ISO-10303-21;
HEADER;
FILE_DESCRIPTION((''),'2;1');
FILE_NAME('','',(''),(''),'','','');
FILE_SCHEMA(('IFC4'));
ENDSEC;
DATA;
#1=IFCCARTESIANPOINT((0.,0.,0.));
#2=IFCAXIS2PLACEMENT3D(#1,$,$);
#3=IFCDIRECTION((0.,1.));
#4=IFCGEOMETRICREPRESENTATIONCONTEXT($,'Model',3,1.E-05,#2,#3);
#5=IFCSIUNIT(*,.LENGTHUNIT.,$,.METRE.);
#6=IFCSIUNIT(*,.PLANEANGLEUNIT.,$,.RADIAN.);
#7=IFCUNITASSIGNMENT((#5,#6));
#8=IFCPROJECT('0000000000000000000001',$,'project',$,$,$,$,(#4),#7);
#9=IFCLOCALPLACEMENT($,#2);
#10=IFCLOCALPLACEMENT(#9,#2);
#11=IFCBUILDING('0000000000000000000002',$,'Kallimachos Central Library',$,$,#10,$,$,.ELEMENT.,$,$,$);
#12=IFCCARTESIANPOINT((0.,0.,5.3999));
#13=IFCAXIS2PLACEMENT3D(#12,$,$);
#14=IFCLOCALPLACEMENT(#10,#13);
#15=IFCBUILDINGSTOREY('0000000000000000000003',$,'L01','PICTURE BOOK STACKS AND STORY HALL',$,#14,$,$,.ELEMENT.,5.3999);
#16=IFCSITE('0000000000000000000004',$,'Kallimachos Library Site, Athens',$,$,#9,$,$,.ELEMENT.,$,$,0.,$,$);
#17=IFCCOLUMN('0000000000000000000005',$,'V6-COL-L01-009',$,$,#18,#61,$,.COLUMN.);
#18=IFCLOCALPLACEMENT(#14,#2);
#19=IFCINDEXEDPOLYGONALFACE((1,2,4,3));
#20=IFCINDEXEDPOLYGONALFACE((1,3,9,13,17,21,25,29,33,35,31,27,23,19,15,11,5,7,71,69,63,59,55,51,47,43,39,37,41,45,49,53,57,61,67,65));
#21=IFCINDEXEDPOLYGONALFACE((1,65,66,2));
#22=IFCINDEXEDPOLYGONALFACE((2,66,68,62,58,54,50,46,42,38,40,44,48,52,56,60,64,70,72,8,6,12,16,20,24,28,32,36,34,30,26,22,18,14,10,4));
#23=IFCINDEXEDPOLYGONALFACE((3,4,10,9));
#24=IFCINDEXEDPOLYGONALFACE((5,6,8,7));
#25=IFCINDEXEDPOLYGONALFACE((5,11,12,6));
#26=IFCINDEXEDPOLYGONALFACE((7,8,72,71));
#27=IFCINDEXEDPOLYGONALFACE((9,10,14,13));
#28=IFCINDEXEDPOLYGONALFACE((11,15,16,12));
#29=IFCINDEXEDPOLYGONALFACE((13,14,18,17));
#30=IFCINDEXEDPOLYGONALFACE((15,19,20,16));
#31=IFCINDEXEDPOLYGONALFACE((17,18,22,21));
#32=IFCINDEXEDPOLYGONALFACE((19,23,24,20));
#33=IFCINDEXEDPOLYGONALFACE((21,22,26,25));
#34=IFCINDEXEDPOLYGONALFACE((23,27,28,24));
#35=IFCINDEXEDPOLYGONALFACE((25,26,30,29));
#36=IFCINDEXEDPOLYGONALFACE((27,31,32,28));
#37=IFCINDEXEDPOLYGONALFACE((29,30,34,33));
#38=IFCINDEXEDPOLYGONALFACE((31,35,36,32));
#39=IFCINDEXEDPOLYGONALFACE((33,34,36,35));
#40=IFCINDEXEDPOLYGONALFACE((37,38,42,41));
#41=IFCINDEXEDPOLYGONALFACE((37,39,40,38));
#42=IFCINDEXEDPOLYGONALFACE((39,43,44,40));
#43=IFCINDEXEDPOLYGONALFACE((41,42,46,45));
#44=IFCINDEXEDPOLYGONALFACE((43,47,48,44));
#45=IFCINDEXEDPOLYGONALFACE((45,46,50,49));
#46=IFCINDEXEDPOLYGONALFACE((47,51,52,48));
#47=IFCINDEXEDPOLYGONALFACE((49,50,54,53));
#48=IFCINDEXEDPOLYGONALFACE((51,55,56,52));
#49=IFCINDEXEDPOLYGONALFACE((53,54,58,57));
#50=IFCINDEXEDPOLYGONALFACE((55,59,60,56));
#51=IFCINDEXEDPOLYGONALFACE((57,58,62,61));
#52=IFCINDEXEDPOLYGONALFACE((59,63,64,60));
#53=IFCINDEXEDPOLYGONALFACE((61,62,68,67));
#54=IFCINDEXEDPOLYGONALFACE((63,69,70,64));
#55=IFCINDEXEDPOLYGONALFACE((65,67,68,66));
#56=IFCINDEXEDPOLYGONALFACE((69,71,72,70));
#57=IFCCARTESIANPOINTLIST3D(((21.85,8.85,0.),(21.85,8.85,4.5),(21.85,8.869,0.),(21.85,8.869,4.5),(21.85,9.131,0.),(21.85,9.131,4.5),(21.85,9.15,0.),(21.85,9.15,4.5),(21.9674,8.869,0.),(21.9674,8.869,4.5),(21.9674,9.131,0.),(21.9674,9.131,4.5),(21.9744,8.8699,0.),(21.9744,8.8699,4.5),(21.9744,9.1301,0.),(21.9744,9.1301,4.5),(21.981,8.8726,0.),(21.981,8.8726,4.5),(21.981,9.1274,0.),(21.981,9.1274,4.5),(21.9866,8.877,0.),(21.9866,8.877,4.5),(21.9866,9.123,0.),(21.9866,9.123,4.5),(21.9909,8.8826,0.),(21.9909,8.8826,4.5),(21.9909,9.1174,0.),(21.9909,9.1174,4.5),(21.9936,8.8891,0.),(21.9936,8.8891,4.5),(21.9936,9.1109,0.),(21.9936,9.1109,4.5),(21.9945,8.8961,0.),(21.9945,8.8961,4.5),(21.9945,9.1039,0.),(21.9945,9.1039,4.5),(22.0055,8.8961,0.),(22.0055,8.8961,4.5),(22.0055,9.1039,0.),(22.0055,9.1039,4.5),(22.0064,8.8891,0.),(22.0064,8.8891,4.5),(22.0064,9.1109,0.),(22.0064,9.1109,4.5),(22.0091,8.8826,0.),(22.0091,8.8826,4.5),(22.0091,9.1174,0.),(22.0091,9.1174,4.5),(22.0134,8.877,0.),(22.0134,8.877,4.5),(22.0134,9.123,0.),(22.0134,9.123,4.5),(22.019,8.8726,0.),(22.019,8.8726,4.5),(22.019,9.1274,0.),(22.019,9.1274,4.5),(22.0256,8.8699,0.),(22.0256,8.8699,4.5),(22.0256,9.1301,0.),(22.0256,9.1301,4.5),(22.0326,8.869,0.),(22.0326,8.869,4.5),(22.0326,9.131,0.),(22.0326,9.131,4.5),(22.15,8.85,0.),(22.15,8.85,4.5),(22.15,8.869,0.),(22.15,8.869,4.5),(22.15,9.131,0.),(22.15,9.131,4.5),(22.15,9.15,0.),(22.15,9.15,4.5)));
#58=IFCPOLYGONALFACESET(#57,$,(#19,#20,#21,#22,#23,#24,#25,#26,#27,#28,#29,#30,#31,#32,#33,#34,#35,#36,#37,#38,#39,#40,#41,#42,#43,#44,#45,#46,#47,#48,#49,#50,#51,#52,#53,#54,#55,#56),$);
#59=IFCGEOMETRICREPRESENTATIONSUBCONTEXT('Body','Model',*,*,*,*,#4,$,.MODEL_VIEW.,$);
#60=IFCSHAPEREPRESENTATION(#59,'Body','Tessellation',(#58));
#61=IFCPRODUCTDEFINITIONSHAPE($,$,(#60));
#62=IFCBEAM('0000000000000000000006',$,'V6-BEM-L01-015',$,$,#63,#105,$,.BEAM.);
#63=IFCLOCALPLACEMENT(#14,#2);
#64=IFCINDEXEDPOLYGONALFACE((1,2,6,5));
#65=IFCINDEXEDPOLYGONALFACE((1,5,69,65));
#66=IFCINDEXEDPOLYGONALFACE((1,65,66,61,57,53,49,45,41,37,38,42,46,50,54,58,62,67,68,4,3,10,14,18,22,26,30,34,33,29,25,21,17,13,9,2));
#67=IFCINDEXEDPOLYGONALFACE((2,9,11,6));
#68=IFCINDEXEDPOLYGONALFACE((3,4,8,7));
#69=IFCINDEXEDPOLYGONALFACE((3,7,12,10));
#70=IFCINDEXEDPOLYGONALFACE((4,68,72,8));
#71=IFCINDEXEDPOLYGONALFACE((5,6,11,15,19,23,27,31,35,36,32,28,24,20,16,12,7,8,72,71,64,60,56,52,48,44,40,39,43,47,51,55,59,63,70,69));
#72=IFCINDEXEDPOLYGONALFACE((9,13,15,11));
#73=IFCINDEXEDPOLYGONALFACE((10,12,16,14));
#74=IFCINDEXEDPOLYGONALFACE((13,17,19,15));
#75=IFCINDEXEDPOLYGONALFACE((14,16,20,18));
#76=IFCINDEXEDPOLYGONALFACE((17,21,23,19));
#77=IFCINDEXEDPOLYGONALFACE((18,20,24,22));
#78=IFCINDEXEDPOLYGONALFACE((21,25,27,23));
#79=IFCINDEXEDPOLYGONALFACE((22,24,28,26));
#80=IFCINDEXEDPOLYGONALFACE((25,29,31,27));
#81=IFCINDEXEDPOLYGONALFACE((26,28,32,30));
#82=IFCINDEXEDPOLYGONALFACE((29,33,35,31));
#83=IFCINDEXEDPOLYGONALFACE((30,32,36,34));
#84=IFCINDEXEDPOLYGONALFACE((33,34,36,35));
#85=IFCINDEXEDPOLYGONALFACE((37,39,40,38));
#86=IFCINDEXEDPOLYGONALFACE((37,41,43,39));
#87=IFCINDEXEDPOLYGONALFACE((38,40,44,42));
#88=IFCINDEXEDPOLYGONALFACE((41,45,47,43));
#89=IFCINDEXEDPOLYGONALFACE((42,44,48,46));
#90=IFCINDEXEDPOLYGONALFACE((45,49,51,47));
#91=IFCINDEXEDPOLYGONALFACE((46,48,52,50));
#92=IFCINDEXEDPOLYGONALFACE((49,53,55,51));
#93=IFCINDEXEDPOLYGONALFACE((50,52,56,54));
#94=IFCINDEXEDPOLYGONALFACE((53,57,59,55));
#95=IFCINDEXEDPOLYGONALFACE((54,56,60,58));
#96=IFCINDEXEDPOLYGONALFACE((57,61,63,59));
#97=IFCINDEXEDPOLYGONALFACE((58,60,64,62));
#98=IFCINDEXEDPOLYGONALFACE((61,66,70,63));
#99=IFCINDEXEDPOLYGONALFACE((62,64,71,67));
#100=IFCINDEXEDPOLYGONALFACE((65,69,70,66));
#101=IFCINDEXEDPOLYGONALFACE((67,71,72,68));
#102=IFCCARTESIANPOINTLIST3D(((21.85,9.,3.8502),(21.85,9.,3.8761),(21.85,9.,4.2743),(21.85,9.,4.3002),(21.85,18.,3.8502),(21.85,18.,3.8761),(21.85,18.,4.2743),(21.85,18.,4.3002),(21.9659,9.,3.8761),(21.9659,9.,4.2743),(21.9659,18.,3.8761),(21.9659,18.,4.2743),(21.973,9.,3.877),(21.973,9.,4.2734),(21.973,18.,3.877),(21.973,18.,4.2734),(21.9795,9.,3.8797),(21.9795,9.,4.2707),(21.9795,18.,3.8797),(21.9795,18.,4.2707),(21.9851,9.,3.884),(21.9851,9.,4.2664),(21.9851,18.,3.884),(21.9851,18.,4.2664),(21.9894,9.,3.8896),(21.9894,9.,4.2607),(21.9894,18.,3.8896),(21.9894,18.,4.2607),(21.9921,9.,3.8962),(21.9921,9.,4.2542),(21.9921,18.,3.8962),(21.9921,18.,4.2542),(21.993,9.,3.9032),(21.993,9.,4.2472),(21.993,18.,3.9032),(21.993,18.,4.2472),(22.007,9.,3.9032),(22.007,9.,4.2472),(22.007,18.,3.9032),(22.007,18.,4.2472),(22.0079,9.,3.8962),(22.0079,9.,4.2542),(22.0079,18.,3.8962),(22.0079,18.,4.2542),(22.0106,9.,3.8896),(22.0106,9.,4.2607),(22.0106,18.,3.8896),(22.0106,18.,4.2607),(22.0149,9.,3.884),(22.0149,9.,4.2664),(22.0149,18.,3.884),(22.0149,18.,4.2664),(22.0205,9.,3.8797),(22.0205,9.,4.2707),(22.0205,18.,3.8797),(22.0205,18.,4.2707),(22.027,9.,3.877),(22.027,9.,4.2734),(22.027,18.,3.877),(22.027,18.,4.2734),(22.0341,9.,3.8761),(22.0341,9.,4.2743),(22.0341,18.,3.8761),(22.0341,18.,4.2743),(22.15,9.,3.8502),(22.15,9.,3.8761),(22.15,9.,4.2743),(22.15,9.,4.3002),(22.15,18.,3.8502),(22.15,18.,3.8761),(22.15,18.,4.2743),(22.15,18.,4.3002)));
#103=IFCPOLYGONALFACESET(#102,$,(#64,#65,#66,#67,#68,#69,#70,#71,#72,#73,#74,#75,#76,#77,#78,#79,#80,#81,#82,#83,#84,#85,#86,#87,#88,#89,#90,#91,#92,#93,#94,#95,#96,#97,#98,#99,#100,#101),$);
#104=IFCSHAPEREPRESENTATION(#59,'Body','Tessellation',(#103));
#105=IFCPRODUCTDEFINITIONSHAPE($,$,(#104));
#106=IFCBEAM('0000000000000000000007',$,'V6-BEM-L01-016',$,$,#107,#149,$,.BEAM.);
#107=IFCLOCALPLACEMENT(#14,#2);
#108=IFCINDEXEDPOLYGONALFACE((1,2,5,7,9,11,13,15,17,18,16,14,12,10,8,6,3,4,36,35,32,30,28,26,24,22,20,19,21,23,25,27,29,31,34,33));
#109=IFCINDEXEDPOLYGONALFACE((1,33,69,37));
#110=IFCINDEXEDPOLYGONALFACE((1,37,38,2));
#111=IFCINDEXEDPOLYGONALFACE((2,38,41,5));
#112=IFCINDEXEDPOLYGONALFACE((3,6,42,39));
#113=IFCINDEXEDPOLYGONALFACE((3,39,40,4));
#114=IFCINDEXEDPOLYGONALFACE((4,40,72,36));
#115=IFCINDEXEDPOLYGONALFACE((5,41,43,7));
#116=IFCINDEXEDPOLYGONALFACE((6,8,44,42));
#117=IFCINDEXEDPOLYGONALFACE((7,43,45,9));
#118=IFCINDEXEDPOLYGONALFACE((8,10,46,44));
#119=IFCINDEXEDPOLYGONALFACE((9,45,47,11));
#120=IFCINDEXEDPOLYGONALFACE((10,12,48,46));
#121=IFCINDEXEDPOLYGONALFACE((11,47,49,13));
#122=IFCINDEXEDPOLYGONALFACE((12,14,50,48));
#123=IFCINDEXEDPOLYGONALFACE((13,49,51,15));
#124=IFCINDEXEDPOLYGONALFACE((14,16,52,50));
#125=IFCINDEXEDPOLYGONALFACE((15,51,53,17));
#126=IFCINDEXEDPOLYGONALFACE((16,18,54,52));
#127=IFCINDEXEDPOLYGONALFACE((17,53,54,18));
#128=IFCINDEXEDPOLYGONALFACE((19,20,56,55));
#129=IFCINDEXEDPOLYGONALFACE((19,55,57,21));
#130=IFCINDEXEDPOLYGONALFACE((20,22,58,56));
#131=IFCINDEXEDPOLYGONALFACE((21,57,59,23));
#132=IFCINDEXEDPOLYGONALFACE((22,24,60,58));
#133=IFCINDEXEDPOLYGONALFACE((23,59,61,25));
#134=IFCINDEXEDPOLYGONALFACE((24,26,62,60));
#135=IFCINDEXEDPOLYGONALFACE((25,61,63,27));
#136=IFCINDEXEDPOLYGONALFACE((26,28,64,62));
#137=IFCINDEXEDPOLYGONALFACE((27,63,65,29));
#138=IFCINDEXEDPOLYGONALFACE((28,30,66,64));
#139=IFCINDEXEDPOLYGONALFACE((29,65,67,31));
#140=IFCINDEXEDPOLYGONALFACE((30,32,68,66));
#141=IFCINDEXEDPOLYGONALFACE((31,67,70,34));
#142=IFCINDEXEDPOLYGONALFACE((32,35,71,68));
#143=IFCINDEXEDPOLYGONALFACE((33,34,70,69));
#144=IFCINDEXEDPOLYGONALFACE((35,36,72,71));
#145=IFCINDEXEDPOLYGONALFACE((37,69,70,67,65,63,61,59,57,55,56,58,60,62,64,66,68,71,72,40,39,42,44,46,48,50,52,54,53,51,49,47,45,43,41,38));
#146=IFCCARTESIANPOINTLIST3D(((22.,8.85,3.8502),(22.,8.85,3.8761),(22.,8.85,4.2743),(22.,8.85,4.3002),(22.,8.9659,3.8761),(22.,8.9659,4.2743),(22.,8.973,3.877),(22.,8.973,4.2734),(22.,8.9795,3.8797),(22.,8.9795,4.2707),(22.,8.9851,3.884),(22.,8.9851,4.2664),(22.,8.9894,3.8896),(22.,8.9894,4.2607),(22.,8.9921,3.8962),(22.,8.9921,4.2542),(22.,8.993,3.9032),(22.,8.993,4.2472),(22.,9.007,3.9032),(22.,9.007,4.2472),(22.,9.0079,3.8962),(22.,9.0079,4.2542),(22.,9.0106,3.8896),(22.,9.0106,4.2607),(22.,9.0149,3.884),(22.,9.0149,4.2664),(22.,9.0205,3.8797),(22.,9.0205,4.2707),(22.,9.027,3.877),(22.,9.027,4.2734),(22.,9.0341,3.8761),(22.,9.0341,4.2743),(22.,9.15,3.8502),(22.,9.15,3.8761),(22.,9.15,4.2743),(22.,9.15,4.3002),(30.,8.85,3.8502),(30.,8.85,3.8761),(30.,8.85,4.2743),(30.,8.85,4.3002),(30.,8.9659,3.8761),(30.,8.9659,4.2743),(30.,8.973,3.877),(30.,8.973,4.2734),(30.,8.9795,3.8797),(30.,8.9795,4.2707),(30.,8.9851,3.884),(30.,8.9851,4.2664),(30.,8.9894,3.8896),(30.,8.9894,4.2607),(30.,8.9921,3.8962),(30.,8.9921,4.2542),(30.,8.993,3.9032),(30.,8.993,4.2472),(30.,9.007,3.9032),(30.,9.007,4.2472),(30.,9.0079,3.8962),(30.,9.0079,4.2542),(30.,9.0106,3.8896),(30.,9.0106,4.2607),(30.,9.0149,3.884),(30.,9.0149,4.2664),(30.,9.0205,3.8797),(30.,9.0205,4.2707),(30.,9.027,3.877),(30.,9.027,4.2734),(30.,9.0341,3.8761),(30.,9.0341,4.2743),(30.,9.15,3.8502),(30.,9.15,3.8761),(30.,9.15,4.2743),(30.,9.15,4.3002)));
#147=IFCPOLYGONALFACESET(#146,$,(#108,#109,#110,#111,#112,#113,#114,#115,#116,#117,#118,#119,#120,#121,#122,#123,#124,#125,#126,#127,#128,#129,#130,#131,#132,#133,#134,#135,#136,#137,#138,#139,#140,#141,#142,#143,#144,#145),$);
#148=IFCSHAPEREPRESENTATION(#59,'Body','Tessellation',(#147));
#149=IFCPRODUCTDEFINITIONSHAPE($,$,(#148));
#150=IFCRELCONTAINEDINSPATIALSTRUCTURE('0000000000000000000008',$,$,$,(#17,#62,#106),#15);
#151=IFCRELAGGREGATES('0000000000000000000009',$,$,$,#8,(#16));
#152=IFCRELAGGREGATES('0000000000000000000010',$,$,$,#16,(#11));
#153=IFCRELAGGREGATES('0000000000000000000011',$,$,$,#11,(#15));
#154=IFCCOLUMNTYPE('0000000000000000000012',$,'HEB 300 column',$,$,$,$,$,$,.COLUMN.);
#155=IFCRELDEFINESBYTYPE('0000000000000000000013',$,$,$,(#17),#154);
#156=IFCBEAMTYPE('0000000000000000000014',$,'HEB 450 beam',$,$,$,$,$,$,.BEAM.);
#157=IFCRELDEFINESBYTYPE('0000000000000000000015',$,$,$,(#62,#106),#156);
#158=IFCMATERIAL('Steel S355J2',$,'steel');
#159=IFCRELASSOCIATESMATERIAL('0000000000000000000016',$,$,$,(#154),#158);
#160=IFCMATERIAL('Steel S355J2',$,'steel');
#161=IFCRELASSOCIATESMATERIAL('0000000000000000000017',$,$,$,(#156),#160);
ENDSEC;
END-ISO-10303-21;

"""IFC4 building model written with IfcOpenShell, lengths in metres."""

from ifc_helpers import new_model, si_unit, direction, frame, origin, origin_2d, place, context, subcontext, project, spatial, i_section, extrude, material, material_profile, profile_set, type_object, element, save


model = new_model("IFC4")

# Units and contexts
model_context = context("Model", 3, precision=1e-05, world=origin(), true_north=direction((0.0, 1.0)))
body_context = subcontext(model_context, "Body", "Model", "MODEL_VIEW")
ifc_project = project(units=[si_unit("LENGTHUNIT", "METRE"), si_unit("PLANEANGLEUNIT", "RADIAN")], contexts=[model_context])

# Site, building, storey
site_placement = place(None, origin())
site = spatial("IfcSite", under=ifc_project, at=site_placement, Name="Kallimachos Library Site, Athens", CompositionType="ELEMENT", RefElevation=0.0)
building_placement = place(site_placement, origin())
building = spatial("IfcBuilding", under=site, at=building_placement, Name="Kallimachos Central Library", CompositionType="ELEMENT")
storey_placement = place(building_placement, frame((0.0, 0.0, 5.3999)))
storey = spatial("IfcBuildingStorey", under=building, at=storey_placement, Name="L01", Description="PICTURE BOOK STACKS AND STORY HALL", CompositionType="ELEMENT", Elevation=5.3999)

# Column
ifc_material_1 = material(Name="Steel S355J2", Category="steel")
ifc_material_profile_1 = material_profile(ifc_material_1, i_section(OverallWidth=0.3, OverallDepth=0.3, WebThickness=0.011, FlangeThickness=0.019, FilletRadius=0.0271, at=origin_2d()), Name="HEB 300")
ifc_profile_set_1 = profile_set([ifc_material_profile_1], Name="Steel S355J2")
column_type = type_object("IfcColumnType", Name="HEB 300 column", PredefinedType="COLUMN", material=ifc_profile_set_1)
column_placement = place(storey_placement, frame((22.0, 9.0, 0.0), z_axis=(0.0, 0.0, 1.0), x_axis=(1.0, 0.0, 0.0)))
element("IfcColumn", 1, at=column_placement, inside=storey, type_object=column_type, Name="V6-COL-L01-009", PredefinedType="COLUMN", context=body_context, shape_type="SweptSolid", body=[
    extrude(i_section(OverallWidth=0.3, OverallDepth=0.3, WebThickness=0.011, FlangeThickness=0.019, FilletRadius=0.0271, at=origin_2d()), origin(), (0.0, 0.0, 1.0), 4.5),
])

# Beams
ifc_material_2 = material(Name="Steel S355J2", Category="steel")
ifc_material_profile_2 = material_profile(ifc_material_2, i_section(OverallWidth=0.3, OverallDepth=0.45, WebThickness=0.0139, FlangeThickness=0.0259, FilletRadius=0.0271, at=origin_2d()), Name="HEB 450")
ifc_profile_set_2 = profile_set([ifc_material_profile_2], Name="Steel S355J2")
beam_type = type_object("IfcBeamType", Name="HEB 450 beam", PredefinedType="BEAM", material=ifc_profile_set_2)
beam_1_placement = place(storey_placement, frame((22.0, 9.0, 4.0752), z_axis=(0.0, 1.0, 0.0), x_axis=(-1.0, 0.0, 0.0)))
element("IfcBeam", 2, at=beam_1_placement, inside=storey, type_object=beam_type, Name="V6-BEM-L01-015", PredefinedType="BEAM", context=body_context, shape_type="SweptSolid", body=[
    extrude(i_section(OverallWidth=0.3, OverallDepth=0.45, WebThickness=0.0139, FlangeThickness=0.0259, FilletRadius=0.0271, at=origin_2d()), origin(), (0.0, 0.0, 1.0), 9.0),
])
beam_2_placement = place(storey_placement, frame((22.0, 9.0, 4.0752), z_axis=(1.0, 0.0, 0.0), x_axis=(0.0, 1.0, 0.0)))
element("IfcBeam", 3, at=beam_2_placement, inside=storey, type_object=beam_type, Name="V6-BEM-L01-016", PredefinedType="BEAM", context=body_context, shape_type="SweptSolid", body=[
    extrude(i_section(OverallWidth=0.3, OverallDepth=0.45, WebThickness=0.0139, FlangeThickness=0.0259, FilletRadius=0.0271, at=origin_2d()), origin(), (0.0, 0.0, 1.0), 8.0),
])

save(model, "model.ifc")
